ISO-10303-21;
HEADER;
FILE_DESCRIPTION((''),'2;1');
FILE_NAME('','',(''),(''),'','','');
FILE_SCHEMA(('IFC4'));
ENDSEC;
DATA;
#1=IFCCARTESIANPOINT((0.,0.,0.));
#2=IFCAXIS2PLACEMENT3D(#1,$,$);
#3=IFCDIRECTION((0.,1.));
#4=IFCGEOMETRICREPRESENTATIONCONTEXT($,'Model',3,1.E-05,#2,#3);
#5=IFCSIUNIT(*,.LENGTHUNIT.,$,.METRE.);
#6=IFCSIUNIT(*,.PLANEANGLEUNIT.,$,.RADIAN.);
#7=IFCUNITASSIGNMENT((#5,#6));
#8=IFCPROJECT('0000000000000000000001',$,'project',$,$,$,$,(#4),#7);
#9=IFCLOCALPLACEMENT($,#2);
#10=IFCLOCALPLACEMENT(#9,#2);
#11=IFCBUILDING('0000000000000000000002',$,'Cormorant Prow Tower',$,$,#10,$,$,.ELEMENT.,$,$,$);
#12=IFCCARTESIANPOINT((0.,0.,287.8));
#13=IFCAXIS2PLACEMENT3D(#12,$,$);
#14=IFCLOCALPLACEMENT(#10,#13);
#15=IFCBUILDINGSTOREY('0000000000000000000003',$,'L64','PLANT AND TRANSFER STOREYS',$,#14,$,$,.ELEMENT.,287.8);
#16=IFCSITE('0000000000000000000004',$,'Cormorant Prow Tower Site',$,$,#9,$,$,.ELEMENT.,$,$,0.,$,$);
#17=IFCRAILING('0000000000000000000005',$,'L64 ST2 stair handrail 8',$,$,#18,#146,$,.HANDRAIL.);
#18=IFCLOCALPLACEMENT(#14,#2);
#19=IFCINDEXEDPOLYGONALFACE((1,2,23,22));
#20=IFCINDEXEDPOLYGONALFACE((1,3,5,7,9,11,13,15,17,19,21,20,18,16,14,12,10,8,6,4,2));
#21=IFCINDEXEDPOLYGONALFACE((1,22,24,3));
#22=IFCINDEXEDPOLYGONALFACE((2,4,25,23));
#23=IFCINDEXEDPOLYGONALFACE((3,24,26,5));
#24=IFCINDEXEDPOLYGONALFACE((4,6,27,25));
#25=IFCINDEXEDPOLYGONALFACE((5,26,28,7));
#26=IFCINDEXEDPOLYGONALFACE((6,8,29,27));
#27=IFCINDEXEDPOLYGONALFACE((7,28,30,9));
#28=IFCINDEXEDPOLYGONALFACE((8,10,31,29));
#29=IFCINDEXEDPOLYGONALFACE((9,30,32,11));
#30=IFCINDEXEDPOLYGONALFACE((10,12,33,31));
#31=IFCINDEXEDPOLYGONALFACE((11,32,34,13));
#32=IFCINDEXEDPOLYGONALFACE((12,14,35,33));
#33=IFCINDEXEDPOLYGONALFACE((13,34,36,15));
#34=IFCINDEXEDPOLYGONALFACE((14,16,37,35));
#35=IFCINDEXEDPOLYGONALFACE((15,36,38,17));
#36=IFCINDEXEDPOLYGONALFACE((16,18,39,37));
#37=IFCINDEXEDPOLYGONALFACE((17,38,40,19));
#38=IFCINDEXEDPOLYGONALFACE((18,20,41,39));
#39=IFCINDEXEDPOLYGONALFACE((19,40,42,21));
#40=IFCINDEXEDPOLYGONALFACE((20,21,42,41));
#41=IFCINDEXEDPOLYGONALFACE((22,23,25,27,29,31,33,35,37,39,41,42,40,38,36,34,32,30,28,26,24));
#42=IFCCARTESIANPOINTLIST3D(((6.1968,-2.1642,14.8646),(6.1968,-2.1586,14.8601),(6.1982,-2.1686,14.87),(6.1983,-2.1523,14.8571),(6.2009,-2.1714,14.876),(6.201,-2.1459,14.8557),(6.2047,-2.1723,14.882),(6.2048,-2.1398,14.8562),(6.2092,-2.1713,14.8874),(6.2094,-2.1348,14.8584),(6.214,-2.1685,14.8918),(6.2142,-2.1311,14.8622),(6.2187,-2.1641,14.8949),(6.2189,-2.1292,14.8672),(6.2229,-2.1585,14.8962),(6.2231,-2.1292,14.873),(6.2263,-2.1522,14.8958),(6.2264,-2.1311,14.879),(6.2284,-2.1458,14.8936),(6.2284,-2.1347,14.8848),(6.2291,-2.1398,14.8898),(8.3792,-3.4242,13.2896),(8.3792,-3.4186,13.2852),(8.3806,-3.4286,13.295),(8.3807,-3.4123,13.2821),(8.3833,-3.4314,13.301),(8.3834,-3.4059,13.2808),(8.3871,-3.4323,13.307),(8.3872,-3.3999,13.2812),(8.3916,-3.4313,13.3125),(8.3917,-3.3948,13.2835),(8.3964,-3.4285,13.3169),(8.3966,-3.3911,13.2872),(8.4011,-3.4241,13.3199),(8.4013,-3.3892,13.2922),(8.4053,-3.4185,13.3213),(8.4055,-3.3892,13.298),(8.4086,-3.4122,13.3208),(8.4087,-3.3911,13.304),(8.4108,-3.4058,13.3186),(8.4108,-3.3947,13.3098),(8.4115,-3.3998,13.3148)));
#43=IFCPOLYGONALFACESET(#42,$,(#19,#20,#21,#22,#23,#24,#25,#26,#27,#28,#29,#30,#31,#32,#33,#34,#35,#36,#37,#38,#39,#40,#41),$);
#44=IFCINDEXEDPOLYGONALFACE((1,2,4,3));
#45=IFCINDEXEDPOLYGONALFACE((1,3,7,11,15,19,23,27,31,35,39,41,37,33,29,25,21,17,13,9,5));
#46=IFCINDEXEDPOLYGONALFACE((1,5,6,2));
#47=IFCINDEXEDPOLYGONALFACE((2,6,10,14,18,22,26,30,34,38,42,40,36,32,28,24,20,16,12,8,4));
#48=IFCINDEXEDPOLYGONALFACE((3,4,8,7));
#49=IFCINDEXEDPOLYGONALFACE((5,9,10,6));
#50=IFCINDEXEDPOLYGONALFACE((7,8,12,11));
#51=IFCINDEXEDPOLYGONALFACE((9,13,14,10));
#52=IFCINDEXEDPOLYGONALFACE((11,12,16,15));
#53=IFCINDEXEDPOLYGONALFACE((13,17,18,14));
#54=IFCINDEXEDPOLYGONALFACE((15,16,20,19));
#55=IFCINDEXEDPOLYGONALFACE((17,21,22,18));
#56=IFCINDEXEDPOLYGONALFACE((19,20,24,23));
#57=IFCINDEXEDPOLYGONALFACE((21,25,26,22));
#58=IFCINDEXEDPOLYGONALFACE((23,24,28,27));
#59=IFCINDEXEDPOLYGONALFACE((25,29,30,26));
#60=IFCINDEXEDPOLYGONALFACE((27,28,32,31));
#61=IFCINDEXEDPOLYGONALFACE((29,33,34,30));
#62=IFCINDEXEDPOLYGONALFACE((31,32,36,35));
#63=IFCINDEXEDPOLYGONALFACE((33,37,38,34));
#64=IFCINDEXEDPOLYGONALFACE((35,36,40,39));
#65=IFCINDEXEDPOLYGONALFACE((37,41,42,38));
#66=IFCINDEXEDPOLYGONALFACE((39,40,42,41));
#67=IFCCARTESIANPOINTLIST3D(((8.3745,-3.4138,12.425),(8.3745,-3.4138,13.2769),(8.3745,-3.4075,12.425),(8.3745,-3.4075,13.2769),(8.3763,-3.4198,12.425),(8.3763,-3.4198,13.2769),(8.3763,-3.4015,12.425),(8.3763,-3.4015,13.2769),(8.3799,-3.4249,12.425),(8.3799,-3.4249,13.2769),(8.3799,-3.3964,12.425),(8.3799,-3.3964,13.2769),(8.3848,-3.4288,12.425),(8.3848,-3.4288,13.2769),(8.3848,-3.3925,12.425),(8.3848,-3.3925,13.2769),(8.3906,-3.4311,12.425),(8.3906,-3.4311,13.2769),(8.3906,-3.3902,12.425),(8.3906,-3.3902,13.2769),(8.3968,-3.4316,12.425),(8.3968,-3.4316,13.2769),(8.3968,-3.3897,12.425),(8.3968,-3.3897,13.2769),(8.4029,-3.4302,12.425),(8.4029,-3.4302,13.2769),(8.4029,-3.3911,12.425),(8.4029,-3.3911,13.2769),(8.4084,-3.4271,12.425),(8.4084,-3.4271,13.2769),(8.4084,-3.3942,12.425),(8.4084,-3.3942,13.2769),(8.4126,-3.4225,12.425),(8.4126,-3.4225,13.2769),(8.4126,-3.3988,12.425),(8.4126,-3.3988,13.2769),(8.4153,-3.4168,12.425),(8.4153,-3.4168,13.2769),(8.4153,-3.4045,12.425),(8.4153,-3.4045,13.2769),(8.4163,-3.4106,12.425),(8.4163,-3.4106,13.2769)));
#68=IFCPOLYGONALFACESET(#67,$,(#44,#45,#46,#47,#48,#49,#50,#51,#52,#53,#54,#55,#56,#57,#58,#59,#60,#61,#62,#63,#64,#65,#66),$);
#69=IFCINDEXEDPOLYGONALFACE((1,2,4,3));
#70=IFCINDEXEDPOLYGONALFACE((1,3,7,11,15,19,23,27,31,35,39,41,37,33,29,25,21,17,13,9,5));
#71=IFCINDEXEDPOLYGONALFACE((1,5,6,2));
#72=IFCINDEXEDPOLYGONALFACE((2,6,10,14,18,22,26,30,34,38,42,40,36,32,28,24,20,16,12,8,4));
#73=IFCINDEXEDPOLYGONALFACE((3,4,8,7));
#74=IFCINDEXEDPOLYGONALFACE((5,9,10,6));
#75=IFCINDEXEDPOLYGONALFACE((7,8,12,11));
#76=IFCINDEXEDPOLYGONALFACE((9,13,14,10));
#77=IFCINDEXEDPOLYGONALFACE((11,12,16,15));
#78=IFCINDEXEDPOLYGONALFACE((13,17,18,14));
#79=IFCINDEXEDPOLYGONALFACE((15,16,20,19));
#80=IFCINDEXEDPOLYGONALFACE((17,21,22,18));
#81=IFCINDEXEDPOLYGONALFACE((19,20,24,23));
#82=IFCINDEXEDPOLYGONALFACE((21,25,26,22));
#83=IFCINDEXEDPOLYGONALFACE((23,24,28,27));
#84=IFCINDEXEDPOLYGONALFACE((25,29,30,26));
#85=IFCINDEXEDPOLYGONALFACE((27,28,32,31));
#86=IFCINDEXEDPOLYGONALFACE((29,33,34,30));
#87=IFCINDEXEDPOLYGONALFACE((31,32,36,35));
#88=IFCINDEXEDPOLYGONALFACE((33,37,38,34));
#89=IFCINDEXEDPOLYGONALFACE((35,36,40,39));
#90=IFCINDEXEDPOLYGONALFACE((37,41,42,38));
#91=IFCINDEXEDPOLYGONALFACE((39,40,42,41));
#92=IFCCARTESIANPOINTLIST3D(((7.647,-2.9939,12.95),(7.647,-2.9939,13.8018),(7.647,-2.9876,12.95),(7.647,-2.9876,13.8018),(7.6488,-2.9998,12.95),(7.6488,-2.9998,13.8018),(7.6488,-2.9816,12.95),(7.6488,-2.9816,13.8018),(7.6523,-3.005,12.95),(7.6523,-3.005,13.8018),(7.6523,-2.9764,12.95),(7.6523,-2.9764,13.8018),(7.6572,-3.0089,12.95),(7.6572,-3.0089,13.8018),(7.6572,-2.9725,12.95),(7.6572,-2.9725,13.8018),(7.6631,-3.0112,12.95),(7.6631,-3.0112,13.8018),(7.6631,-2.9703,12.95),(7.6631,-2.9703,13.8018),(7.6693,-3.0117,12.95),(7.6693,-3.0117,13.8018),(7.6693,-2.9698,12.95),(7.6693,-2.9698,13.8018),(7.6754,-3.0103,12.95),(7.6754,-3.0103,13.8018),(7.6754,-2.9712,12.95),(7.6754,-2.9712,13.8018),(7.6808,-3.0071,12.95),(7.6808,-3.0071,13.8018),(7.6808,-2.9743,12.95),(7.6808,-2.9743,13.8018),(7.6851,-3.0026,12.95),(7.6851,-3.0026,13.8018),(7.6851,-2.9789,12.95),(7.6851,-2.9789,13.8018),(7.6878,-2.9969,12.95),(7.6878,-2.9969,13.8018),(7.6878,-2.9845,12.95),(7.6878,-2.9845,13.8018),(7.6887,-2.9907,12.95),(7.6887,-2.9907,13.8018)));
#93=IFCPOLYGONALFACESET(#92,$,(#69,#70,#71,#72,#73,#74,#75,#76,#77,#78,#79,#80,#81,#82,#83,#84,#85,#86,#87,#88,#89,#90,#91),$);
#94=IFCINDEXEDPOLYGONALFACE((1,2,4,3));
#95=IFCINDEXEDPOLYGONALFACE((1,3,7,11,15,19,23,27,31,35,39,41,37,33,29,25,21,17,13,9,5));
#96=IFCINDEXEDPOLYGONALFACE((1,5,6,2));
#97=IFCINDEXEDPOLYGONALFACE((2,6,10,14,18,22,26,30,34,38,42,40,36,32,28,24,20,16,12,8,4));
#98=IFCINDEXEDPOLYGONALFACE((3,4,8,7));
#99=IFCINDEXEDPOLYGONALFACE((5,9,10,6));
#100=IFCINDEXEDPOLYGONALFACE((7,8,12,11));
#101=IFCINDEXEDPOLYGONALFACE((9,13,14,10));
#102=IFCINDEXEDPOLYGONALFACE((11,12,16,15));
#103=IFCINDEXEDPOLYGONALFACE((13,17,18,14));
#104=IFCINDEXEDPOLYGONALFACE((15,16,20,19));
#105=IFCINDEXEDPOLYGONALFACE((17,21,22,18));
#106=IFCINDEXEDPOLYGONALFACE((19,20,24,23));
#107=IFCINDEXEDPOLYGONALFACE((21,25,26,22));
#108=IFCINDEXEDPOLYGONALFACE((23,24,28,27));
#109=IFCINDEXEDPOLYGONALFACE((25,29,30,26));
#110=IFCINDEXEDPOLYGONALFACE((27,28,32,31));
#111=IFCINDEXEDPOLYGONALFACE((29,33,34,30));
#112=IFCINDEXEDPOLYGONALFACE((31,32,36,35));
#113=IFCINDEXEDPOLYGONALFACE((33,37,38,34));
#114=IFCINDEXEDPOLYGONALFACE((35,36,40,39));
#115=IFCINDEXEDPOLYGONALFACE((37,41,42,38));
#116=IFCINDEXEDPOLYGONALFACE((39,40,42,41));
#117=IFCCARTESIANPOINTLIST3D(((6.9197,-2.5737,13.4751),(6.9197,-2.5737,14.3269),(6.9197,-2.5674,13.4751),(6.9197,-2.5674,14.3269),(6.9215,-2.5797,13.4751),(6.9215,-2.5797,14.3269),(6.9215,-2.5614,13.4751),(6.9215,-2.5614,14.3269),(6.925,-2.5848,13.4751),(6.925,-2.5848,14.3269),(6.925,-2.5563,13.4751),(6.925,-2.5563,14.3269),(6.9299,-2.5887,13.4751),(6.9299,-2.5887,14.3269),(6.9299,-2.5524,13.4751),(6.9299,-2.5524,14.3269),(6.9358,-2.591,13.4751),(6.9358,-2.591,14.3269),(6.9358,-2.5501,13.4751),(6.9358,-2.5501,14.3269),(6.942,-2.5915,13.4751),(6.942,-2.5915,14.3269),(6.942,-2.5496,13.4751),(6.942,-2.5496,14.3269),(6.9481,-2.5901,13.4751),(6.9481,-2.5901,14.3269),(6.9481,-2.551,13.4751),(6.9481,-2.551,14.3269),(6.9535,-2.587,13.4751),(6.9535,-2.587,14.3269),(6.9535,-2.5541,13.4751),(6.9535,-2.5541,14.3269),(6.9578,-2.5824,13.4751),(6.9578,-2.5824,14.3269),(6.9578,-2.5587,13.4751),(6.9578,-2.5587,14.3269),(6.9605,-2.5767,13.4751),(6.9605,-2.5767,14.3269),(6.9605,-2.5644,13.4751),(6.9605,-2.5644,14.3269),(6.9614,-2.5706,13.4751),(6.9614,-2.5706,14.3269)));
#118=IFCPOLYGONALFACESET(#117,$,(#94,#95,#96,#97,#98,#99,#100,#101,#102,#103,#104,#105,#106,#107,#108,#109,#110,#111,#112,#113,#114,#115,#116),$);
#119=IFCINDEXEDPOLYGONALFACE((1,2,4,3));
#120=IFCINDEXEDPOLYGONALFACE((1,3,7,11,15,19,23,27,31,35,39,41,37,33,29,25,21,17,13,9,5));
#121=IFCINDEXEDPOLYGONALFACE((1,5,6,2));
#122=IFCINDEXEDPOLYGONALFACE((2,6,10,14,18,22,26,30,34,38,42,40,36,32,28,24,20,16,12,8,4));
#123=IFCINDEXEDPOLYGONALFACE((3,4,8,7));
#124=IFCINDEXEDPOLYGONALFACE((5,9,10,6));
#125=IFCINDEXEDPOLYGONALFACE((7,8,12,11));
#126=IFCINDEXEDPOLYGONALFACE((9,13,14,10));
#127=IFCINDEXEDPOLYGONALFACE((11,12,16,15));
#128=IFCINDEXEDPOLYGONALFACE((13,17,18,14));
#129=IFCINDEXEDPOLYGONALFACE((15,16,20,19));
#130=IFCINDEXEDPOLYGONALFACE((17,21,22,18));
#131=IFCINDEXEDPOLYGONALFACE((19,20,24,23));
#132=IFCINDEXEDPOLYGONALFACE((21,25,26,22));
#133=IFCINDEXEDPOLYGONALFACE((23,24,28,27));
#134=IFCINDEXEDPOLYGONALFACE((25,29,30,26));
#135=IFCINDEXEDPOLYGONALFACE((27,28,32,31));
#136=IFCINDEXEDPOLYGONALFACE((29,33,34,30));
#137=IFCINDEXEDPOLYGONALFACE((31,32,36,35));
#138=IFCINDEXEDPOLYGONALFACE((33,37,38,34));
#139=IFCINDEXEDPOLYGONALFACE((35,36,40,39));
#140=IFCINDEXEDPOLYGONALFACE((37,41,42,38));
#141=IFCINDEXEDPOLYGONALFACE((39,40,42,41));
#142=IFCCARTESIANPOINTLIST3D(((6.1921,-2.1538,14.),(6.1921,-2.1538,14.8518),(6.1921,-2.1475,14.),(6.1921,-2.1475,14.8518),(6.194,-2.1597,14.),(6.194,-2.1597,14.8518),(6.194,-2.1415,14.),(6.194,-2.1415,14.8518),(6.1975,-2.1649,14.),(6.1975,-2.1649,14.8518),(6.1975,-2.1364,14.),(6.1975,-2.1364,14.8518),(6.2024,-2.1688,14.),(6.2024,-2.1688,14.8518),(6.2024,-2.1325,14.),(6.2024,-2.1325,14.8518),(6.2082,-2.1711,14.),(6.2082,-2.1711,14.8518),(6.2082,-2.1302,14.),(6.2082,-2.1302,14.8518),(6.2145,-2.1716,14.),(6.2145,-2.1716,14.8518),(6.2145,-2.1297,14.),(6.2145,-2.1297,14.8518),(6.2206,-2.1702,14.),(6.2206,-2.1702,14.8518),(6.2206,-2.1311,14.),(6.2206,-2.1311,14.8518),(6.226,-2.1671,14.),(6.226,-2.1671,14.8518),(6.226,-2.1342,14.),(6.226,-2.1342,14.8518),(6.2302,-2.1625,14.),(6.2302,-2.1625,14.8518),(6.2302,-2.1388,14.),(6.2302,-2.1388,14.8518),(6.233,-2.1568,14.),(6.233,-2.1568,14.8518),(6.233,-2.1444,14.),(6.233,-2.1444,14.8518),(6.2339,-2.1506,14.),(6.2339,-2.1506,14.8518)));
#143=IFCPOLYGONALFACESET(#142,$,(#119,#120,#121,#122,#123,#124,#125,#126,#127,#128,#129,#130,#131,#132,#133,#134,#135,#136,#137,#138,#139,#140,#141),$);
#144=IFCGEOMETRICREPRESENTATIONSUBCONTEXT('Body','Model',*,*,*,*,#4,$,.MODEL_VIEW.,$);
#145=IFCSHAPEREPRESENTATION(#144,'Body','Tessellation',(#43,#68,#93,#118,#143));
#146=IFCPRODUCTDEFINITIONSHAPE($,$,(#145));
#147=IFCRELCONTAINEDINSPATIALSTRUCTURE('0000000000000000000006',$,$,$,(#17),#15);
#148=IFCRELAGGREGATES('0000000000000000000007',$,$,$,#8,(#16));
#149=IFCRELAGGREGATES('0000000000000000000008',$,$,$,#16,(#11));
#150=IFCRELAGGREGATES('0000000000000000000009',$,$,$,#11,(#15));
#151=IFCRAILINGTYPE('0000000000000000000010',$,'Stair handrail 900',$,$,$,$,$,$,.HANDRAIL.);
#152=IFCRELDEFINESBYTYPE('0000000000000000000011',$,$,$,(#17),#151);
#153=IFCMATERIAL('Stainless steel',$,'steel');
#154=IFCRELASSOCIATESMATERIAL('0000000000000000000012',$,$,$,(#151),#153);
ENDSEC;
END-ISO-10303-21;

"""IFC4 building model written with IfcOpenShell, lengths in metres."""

from ifc_helpers import new_model, si_unit, direction, frame, origin, origin_2d, place, context, subcontext, project, spatial, circle, extrude, material, type_object, element, save


model = new_model("IFC4")

# Units and contexts
model_context = context("Model", 3, precision=1e-05, world=origin(), true_north=direction((0.0, 1.0)))
body_context = subcontext(model_context, "Body", "Model", "MODEL_VIEW")
ifc_project = project(units=[si_unit("LENGTHUNIT", "METRE"), si_unit("PLANEANGLEUNIT", "RADIAN")], contexts=[model_context])

# Site, building, storey
site_placement = place(None, origin())
site = spatial("IfcSite", under=ifc_project, at=site_placement, Name="Cormorant Prow Tower Site", CompositionType="ELEMENT", RefElevation=0.0)
building_placement = place(site_placement, origin())
building = spatial("IfcBuilding", under=site, at=building_placement, Name="Cormorant Prow Tower", CompositionType="ELEMENT")
storey_placement = place(building_placement, frame((0.0, 0.0, 287.8)))
storey = spatial("IfcBuildingStorey", under=building, at=storey_placement, Name="L64", Description="PLANT AND TRANSFER STOREYS", CompositionType="ELEMENT", Elevation=287.8)

# Railing
ifc_material_1 = material(Name="Stainless steel", Category="steel")
railing_type_1 = type_object("IfcRailingType", Name="Stair handrail 900", PredefinedType="HANDRAIL", material=ifc_material_1)
for number, where, name in (
    (1, (8.3953, -3.4106, 12.425), "L64 ST2 stair handrail 8"),
):
    element("IfcRailing", number, at=place(storey_placement, frame(where)), inside=storey, type_object=railing_type_1, Name=name, PredefinedType="HANDRAIL", context=body_context, shape_type="SweptSolid", body=[
        extrude(circle(Radius=0.0239, at=origin_2d()), frame((0.0, 0.0, 0.876), z_axis=(-0.734392, 0.424007, 0.529988), x_axis=(-0.500005, -0.866023, 0.0)), (0.0, 0.0, 1.0), 2.9717),
        extrude(circle(Radius=0.021, at=origin_2d()), origin(), (0.0, 0.0, 1.0), 0.8518),
        extrude(circle(Radius=0.021, at=origin_2d()), frame((-0.7275, 0.4199, 0.5249)), (0.0, 0.0, 1.0), 0.8518),
        extrude(circle(Radius=0.021, at=origin_2d()), frame((-1.4548, 0.8401, 1.05)), (0.0, 0.0, 1.0), 0.8518),
        extrude(circle(Radius=0.021, at=origin_2d()), frame((-2.1824, 1.26, 1.575)), (0.0, 0.0, 1.0), 0.8518),
    ])

save(model, "model.ifc")
